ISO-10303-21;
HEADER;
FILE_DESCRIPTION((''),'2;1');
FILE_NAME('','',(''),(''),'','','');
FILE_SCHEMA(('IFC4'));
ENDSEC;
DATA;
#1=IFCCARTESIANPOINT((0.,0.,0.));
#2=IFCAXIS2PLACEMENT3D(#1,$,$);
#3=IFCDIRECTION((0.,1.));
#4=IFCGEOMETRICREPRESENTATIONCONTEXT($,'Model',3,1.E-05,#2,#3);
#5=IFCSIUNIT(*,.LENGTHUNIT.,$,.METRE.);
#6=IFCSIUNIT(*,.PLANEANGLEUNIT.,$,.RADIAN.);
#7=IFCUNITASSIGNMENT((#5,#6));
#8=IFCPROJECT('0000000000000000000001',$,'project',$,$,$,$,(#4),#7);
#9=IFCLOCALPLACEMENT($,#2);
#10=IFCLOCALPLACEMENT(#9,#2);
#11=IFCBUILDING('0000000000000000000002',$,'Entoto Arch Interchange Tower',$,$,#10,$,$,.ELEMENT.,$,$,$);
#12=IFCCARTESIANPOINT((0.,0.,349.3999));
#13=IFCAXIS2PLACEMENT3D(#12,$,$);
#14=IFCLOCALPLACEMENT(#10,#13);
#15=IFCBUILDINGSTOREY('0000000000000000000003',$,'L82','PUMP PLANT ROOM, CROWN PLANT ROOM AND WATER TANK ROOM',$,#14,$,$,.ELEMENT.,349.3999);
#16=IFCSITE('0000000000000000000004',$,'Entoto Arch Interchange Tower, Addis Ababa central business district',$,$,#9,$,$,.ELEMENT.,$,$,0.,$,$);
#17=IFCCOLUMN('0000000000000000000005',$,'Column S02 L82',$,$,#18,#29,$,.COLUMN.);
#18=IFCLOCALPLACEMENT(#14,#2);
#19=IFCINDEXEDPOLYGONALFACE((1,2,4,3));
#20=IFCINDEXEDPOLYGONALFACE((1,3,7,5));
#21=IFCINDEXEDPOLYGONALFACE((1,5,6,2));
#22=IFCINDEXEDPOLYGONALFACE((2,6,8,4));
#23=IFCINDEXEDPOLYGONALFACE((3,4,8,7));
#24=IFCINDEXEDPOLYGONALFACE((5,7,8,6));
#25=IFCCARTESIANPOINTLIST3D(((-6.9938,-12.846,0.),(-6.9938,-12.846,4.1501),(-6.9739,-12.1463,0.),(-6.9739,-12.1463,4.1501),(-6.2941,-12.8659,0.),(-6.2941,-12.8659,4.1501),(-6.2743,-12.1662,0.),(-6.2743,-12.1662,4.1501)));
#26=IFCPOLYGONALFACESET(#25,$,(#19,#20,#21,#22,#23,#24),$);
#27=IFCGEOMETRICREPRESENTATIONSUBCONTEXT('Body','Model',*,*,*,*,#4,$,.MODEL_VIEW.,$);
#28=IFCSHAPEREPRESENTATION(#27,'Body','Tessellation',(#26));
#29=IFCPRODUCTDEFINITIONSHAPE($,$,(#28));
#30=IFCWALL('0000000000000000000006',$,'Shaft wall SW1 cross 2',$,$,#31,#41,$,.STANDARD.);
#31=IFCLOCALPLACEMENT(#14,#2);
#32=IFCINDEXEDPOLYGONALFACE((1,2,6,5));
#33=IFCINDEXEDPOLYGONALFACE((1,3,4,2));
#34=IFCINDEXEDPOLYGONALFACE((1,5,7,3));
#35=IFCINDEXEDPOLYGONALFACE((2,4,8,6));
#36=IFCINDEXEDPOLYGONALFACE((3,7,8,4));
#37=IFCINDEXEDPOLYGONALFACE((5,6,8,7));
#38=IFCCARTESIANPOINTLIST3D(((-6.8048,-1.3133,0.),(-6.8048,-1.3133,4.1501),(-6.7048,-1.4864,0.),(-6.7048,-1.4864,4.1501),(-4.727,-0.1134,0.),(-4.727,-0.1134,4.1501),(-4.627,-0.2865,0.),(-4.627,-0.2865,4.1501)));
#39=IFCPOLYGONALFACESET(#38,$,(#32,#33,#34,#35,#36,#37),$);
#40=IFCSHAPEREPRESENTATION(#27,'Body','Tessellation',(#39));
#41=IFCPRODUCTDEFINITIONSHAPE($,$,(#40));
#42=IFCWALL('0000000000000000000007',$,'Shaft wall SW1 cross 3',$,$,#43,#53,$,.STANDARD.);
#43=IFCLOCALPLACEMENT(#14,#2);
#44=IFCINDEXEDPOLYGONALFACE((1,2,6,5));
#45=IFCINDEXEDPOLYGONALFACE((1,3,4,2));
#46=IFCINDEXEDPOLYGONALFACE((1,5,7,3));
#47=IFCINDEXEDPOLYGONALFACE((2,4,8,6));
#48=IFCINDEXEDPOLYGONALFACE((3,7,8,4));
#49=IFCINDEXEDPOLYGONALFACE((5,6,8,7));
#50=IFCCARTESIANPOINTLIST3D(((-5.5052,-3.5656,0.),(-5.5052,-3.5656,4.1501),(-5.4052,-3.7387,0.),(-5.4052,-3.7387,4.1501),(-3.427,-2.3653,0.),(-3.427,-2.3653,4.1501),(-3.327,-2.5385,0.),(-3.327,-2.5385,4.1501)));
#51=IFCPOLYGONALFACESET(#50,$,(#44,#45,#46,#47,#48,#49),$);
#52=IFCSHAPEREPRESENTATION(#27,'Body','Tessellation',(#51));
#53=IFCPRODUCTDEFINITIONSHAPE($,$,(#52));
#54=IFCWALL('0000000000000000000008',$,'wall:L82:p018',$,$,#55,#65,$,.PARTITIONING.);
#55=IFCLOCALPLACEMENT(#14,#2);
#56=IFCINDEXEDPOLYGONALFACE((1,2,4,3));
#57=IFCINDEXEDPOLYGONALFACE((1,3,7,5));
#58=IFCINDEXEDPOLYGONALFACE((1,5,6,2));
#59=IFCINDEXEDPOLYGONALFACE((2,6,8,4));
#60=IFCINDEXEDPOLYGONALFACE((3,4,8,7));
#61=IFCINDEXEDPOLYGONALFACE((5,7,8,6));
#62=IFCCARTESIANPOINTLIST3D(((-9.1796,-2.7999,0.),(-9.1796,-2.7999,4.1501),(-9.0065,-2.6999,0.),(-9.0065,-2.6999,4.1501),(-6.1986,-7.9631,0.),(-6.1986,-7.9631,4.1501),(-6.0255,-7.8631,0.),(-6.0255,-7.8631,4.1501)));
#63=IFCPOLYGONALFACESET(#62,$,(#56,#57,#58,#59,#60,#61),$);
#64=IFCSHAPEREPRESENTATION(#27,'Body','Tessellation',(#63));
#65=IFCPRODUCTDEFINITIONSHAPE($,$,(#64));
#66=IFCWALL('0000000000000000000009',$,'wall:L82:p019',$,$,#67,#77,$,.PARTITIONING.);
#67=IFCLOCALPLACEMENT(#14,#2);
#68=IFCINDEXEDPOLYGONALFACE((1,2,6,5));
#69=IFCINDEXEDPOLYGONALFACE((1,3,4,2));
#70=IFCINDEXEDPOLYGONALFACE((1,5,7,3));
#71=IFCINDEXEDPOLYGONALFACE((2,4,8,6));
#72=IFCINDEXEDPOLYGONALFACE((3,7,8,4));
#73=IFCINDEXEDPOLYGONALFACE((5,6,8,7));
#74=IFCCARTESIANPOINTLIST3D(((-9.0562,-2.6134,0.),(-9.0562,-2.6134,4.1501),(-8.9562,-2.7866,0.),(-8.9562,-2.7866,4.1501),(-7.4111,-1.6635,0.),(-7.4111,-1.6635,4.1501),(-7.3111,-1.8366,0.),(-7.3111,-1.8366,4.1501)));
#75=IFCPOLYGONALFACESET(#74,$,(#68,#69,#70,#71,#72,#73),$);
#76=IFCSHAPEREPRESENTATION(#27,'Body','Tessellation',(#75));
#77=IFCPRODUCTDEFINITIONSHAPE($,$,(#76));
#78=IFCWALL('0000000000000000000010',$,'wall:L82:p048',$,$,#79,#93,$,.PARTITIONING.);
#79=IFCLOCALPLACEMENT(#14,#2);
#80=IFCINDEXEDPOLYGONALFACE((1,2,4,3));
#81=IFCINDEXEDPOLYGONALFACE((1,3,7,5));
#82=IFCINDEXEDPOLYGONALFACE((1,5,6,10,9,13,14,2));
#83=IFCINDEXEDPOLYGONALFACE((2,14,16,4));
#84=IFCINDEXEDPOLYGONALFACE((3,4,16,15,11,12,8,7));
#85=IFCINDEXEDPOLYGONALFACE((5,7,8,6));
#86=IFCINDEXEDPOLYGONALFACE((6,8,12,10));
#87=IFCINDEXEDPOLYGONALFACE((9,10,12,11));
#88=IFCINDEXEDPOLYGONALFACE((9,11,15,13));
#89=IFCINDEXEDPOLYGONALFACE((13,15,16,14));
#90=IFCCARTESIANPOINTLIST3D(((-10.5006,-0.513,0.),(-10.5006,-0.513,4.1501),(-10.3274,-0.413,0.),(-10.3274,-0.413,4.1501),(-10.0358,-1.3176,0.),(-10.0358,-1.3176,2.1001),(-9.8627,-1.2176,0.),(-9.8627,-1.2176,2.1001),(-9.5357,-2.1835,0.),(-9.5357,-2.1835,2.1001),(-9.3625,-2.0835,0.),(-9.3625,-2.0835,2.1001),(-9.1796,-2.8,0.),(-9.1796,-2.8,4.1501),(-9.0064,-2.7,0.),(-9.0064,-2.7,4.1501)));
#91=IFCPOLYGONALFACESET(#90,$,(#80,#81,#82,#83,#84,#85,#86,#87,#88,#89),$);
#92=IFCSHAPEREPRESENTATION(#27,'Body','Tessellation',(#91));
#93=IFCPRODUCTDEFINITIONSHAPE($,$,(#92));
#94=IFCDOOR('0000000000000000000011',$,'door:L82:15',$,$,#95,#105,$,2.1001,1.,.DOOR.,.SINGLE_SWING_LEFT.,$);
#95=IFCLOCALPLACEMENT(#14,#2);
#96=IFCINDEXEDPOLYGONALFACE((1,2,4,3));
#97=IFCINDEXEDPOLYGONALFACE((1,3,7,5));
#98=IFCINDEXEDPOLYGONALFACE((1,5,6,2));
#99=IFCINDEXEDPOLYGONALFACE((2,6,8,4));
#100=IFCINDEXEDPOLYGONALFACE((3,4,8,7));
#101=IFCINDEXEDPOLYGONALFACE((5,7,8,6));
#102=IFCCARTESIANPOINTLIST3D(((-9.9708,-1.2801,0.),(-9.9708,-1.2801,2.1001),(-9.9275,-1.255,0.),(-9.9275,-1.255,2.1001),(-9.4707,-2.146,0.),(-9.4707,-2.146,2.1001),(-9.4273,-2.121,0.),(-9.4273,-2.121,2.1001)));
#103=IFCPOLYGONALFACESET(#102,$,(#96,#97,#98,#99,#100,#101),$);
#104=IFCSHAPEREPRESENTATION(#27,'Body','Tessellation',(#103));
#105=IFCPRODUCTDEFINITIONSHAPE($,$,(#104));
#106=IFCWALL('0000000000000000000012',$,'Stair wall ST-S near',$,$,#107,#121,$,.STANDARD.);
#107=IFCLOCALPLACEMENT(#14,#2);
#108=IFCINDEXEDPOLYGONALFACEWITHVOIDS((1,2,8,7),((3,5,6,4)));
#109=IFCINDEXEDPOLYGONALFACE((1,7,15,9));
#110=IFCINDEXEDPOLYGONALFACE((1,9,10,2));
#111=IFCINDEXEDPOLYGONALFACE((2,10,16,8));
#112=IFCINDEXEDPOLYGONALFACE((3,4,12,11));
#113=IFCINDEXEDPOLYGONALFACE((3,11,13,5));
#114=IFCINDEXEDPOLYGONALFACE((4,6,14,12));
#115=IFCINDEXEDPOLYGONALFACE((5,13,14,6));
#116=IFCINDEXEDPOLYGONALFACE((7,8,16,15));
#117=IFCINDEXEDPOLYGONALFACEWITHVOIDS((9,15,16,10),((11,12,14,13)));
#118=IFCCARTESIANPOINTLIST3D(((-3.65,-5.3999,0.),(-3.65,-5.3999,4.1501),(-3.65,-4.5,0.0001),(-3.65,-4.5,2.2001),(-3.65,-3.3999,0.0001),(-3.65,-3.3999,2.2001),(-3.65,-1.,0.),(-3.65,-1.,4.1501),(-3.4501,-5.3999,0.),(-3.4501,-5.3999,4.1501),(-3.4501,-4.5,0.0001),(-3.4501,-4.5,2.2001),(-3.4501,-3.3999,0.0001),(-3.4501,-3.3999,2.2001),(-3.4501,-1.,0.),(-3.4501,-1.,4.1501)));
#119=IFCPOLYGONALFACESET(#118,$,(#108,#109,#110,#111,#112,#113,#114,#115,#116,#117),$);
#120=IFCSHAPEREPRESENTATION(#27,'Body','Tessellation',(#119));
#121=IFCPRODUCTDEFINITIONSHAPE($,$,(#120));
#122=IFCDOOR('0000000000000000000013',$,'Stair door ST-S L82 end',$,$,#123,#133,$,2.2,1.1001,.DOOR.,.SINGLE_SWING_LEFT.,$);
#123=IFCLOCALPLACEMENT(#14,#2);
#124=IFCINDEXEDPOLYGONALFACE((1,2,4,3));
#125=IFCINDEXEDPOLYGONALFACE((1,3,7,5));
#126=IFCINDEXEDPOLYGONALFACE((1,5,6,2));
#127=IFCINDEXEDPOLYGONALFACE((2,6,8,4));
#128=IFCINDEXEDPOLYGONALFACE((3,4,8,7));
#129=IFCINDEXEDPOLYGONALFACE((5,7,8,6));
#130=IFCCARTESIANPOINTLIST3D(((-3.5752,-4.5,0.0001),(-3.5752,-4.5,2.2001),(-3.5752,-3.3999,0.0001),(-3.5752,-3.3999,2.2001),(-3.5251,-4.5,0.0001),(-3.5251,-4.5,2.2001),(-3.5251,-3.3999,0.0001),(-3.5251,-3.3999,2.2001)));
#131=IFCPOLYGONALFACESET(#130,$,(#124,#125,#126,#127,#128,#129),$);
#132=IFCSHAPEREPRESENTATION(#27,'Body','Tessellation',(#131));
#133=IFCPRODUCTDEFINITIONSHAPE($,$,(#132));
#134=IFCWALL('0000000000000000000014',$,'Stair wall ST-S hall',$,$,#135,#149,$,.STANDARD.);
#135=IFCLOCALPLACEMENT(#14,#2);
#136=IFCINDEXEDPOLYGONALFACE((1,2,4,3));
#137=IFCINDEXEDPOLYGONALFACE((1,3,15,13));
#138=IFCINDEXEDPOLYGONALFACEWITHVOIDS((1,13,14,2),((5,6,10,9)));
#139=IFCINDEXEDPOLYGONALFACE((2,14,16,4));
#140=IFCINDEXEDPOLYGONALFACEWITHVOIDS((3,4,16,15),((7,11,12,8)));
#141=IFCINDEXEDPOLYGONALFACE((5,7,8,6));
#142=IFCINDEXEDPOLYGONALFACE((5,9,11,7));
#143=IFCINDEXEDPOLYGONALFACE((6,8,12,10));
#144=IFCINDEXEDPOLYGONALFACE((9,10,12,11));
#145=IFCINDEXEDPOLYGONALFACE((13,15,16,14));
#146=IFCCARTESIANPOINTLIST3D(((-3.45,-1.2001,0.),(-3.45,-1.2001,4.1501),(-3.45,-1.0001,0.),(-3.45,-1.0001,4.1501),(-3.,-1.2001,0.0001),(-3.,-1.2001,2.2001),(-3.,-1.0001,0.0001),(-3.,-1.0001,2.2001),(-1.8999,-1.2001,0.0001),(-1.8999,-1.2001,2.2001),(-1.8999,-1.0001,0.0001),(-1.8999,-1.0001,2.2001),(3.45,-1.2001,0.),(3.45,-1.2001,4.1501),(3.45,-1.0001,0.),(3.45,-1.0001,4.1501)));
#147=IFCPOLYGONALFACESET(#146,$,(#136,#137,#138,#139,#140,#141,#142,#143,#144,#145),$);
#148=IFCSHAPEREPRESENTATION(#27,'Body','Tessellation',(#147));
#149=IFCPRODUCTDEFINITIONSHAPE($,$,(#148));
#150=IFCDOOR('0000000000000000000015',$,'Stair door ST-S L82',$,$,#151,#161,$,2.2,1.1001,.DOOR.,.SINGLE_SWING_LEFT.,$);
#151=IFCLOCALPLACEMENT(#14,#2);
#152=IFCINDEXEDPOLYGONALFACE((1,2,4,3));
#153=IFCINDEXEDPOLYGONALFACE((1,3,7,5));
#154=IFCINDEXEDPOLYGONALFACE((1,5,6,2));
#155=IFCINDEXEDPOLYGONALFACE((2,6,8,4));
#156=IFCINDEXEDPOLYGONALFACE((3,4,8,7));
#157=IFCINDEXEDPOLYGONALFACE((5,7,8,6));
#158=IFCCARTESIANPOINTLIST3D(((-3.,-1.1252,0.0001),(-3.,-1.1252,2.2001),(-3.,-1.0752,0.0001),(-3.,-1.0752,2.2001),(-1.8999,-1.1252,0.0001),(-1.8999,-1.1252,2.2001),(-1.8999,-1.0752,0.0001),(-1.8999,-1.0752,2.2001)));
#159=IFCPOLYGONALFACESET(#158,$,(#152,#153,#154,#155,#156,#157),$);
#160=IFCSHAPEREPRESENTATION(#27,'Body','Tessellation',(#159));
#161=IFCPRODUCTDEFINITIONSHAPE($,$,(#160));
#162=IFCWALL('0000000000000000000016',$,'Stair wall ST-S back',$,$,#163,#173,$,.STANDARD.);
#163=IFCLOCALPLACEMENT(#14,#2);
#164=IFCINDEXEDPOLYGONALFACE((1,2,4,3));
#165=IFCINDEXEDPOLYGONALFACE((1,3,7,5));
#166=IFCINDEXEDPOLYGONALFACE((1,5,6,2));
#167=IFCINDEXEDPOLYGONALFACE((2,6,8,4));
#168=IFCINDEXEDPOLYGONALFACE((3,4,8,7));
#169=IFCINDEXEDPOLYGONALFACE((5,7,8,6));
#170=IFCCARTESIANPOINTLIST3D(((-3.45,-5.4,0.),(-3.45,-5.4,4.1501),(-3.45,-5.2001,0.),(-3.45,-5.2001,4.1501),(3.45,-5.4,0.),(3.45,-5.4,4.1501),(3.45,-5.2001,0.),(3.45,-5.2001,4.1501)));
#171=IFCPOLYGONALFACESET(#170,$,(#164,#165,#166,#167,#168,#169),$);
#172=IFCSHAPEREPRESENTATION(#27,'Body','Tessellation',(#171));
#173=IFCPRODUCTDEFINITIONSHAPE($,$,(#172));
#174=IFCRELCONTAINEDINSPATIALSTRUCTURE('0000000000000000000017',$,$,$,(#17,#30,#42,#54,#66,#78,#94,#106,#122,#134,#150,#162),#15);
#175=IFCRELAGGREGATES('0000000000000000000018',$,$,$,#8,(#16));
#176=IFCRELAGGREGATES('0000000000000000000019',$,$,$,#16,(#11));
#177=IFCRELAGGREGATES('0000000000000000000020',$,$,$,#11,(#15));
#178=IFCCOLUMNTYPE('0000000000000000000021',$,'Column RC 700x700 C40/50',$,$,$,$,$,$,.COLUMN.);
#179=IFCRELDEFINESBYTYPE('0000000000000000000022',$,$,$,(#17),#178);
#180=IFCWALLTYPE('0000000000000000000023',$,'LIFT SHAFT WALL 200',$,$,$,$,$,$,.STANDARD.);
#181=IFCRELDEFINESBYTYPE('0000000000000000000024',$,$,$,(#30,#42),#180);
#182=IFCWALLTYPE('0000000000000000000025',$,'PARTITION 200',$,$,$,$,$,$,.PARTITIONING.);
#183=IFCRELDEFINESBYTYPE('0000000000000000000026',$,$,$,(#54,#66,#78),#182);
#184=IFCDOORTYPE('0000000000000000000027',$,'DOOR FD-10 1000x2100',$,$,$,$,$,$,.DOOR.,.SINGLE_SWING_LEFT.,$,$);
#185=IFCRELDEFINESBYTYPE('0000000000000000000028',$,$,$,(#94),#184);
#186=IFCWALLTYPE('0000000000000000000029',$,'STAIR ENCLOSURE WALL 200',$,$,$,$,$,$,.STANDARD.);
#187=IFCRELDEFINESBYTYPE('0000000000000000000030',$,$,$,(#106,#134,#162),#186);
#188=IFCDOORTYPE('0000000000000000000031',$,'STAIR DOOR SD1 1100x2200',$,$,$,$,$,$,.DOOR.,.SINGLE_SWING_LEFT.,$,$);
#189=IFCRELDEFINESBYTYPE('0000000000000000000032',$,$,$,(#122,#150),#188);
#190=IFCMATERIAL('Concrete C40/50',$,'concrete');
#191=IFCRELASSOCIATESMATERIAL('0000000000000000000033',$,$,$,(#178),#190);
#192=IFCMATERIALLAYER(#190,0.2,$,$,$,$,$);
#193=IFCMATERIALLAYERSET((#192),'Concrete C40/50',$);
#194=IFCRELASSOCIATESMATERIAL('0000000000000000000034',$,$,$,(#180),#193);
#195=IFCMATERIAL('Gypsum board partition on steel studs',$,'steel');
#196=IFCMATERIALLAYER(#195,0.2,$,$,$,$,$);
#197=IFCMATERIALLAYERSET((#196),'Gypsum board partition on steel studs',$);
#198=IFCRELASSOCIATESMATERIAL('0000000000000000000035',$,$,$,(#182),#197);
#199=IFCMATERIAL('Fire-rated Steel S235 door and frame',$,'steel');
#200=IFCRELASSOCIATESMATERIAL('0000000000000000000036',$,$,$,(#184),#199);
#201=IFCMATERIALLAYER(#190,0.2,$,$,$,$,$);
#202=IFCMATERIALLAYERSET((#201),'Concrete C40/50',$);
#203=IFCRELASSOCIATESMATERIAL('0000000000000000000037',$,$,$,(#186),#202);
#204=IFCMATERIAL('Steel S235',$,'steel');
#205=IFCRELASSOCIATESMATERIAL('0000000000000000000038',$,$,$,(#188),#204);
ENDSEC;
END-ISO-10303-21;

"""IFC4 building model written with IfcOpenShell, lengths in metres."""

from ifc_helpers import new_model, si_unit, direction, frame, frame_2d, origin, origin_2d, place, context, subcontext, project, spatial, rectangle, extrude, material, layer, layer_set, material_profile, profile_set, type_object, element, fill, save


model = new_model("IFC4")

# Units and contexts
model_context = context("Model", 3, precision=1e-05, world=origin(), true_north=direction((0.0, 1.0)))
body_context = subcontext(model_context, "Body", "Model", "MODEL_VIEW")
ifc_project = project(units=[si_unit("LENGTHUNIT", "METRE"), si_unit("PLANEANGLEUNIT", "RADIAN")], contexts=[model_context])

# Site, building, storey
site_placement = place(None, origin())
site = spatial("IfcSite", under=ifc_project, at=site_placement, Name="Entoto Arch Interchange Tower, Addis Ababa central business district", CompositionType="ELEMENT", RefElevation=0.0)
building_placement = place(site_placement, origin())
building = spatial("IfcBuilding", under=site, at=building_placement, Name="Entoto Arch Interchange Tower", CompositionType="ELEMENT")
storey_placement = place(building_placement, frame((0.0, 0.0, 349.3999)))
storey = spatial("IfcBuildingStorey", under=building, at=storey_placement, Name="L82", Description="PUMP PLANT ROOM, CROWN PLANT ROOM AND WATER TANK ROOM", CompositionType="ELEMENT", Elevation=349.3999)

# Column
ifc_material_1 = material(Name="Concrete C40/50", Category="concrete")
ifc_material_profile = material_profile(ifc_material_1, rectangle(XDim=0.7, YDim=0.7, at=origin_2d()))
ifc_profile_set = profile_set([ifc_material_profile], Name="Concrete C40/50")
column_type = type_object("IfcColumnType", Name="Column RC 700x700 C40/50", PredefinedType="COLUMN", material=ifc_profile_set)
column_placement = place(storey_placement, frame((-6.634, -12.5061, 0.0), z_axis=(0.0, 0.0, 1.0), x_axis=(-0.999598, 0.028358, 0.0)))
element("IfcColumn", 1, at=column_placement, inside=storey, type_object=column_type, Name="Column S02 L82", PredefinedType="COLUMN", context=body_context, shape_type="SweptSolid", body=[
    extrude(rectangle(XDim=0.7, YDim=0.7, at=origin_2d()), origin(), (0.0, 0.0, 1.0), 4.1501),
])

# Walls
ifc_layer_1 = layer(ifc_material_1, 0.2)
ifc_layer_set_1 = layer_set([ifc_layer_1], Name="Concrete C40/50")
wall_type_1 = type_object("IfcWallType", Name="LIFT SHAFT WALL 200", PredefinedType="STANDARD", material=ifc_layer_set_1)
wall_1_placement = place(storey_placement, frame((-4.677, -0.2, 0.0), z_axis=(0.0, 0.0, 1.0), x_axis=(-0.865974, -0.500089, 0.0)))
element("IfcWall", 2, at=wall_1_placement, inside=storey, type_object=wall_type_1, Name="Shaft wall SW1 cross 2", PredefinedType="STANDARD", context=body_context, shape_type="SweptSolid", body=[
    extrude(rectangle(XDim=2.3994, YDim=0.2, at=frame_2d((1.1997, 0.0))), origin(), (0.0, 0.0, 1.0), 4.1501),
])
wall_2_placement = place(storey_placement, frame((-3.377, -2.4519, 0.0), z_axis=(0.0, 0.0, 1.0), x_axis=(-0.865955, -0.500122, 0.0)))
element("IfcWall", 3, at=wall_2_placement, inside=storey, type_object=wall_type_1, Name="Shaft wall SW1 cross 3", PredefinedType="STANDARD", context=body_context, shape_type="SweptSolid", body=[
    extrude(rectangle(XDim=2.3999, YDim=0.2, at=frame_2d((1.2, 0.0))), origin(), (0.0, 0.0, 1.0), 4.1501),
])
ifc_material_2 = material(Name="Gypsum board partition on steel studs", Category="steel")
ifc_layer_2 = layer(ifc_material_2, 0.2)
ifc_layer_set_2 = layer_set([ifc_layer_2], Name="Gypsum board partition on steel studs")
wall_type_2 = type_object("IfcWallType", Name="PARTITION 200", PredefinedType="PARTITIONING", material=ifc_layer_set_2)
wall_3_placement = place(storey_placement, frame((-6.1121, -7.9131, 0.0), z_axis=(0.0, 0.0, 1.0), x_axis=(-0.500006, 0.866022, 0.0)))
element("IfcWall", 4, at=wall_3_placement, inside=storey, type_object=wall_type_2, Name="wall:L82:p018", PredefinedType="PARTITIONING", context=body_context, shape_type="SweptSolid", body=[
    extrude(rectangle(XDim=5.9619, YDim=0.2, at=frame_2d((2.981, 0.0))), origin(), (0.0, 0.0, 1.0), 4.1501),
])
wall_4_placement = place(storey_placement, frame((-9.0061, -2.7, 0.0), z_axis=(0.0, 0.0, 1.0), x_axis=(0.86598, 0.500078, 0.0)))
element("IfcWall", 5, at=wall_4_placement, inside=storey, type_object=wall_type_2, Name="wall:L82:p019", PredefinedType="PARTITIONING", context=body_context, shape_type="SweptSolid", body=[
    extrude(rectangle(XDim=1.8997, YDim=0.2, at=frame_2d((0.9497, 0.0))), origin(), (0.0, 0.0, 1.0), 4.1501),
])

# Walls, openings, doors
wall_5_placement = place(storey_placement, frame((-9.093, -2.75, 0.0), z_axis=(0.0, 0.0, 1.0), x_axis=(-0.500165, 0.86593, 0.0)))
wall_5 = element("IfcWall", 6, at=wall_5_placement, inside=storey, type_object=wall_type_2, Name="wall:L82:p048", PredefinedType="PARTITIONING", context=body_context, shape_type="SweptSolid", body=[
    extrude(rectangle(XDim=2.6411, YDim=0.2, at=frame_2d((1.3206, 0.0))), origin(), (0.0, 0.0, 1.0), 4.1501),
])
opening_1_placement = place(wall_5_placement, frame((0.7119, 0.0, 0.0)))
opening_1 = element("IfcOpeningElement", 7, at=opening_1_placement, cuts=wall_5, PredefinedType="OPENING", context=body_context, shape_type="SweptSolid", body=[
    extrude(rectangle(XDim=1.0, YDim=2.1001, at=frame_2d((0.5, 1.05))), frame((0.0, 0.1099, 0.0), z_axis=(0.0, -1.0, 0.0), x_axis=(1.0, 0.0, 0.0)), (0.0, 0.0, 1.0), 0.22),
])
ifc_material_3 = material(Name="Fire-rated Steel S235 door and frame", Category="steel")
door_type_1 = type_object("IfcDoorType", Name="DOOR FD-10 1000x2100", OperationType="SINGLE_SWING_LEFT", PredefinedType="DOOR", material=ifc_material_3)
door_1_placement = place(opening_1_placement, origin())
door_1 = element("IfcDoor", 8, at=door_1_placement, inside=storey, type_object=door_type_1, Name="door:L82:15", OperationType="SINGLE_SWING_LEFT", OverallHeight=2.1001, OverallWidth=1.0, PredefinedType="DOOR", context=body_context, shape_type="SweptSolid", body=[
    extrude(rectangle(XDim=1.0, YDim=2.1001, at=frame_2d((0.5, 1.05))), frame((0.0, 0.0249, 0.0), z_axis=(0.0, -1.0, 0.0), x_axis=(1.0, 0.0, 0.0)), (0.0, 0.0, 1.0), 0.05),
])
fill(opening_1, door_1)
ifc_layer_3 = layer(ifc_material_1, 0.2)
ifc_layer_set_3 = layer_set([ifc_layer_3], Name="Concrete C40/50")
wall_type_3 = type_object("IfcWallType", Name="STAIR ENCLOSURE WALL 200", PredefinedType="STANDARD", material=ifc_layer_set_3)
wall_6_placement = place(storey_placement, frame((-3.55, -1.0, 0.0), z_axis=(0.0, 0.0, 1.0), x_axis=(0.0, -1.0, 0.0)))
wall_6 = element("IfcWall", 9, at=wall_6_placement, inside=storey, type_object=wall_type_3, Name="Stair wall ST-S near", PredefinedType="STANDARD", context=body_context, shape_type="SweptSolid", body=[
    extrude(rectangle(XDim=4.3999, YDim=0.2, at=frame_2d((2.2, 0.0))), origin(), (0.0, 0.0, 1.0), 4.1501),
])
opening_2_placement = place(wall_6_placement, frame((2.3999, 0.0, 0.0)))
opening_2 = element("IfcOpeningElement", 10, at=opening_2_placement, cuts=wall_6, PredefinedType="OPENING", context=body_context, shape_type="SweptSolid", body=[
    extrude(rectangle(XDim=1.1001, YDim=2.2, at=frame_2d((0.55, 1.1001))), frame((0.0, 0.1099, 0.0), z_axis=(0.0, -1.0, 0.0), x_axis=(1.0, 0.0, 0.0)), (0.0, 0.0, 1.0), 0.22),
])
ifc_material_4 = material(Name="Steel S235", Category="steel")
door_type_2 = type_object("IfcDoorType", Name="STAIR DOOR SD1 1100x2200", OperationType="SINGLE_SWING_LEFT", PredefinedType="DOOR", material=ifc_material_4)
door_2_placement = place(opening_2_placement, origin())
door_2 = element("IfcDoor", 11, at=door_2_placement, inside=storey, type_object=door_type_2, Name="Stair door ST-S L82 end", OperationType="SINGLE_SWING_LEFT", OverallHeight=2.2, OverallWidth=1.1001, PredefinedType="DOOR", context=body_context, shape_type="SweptSolid", body=[
    extrude(rectangle(XDim=1.1001, YDim=2.2, at=frame_2d((0.55, 1.1001))), frame((0.0, 0.0249, 0.0), z_axis=(0.0, -1.0, 0.0), x_axis=(1.0, 0.0, 0.0)), (0.0, 0.0, 1.0), 0.05),
])
fill(opening_2, door_2)
wall_7_placement = place(storey_placement, frame((-3.45, -1.1001, 0.0), z_axis=(0.0, 0.0, 1.0), x_axis=(1.0, 0.0, 0.0)))
wall_7 = element("IfcWall", 12, at=wall_7_placement, inside=storey, type_object=wall_type_3, Name="Stair wall ST-S hall", PredefinedType="STANDARD", context=body_context, shape_type="SweptSolid", body=[
    extrude(rectangle(XDim=6.8999, YDim=0.2, at=frame_2d((3.45, 0.0))), origin(), (0.0, 0.0, 1.0), 4.1501),
])
opening_3_placement = place(wall_7_placement, frame((0.45, 0.0, 0.0)))
opening_3 = element("IfcOpeningElement", 13, at=opening_3_placement, cuts=wall_7, PredefinedType="OPENING", context=body_context, shape_type="SweptSolid", body=[
    extrude(rectangle(XDim=1.1001, YDim=2.2, at=frame_2d((0.55, 1.1001))), frame((0.0, 0.1099, 0.0), z_axis=(0.0, -1.0, 0.0), x_axis=(1.0, 0.0, 0.0)), (0.0, 0.0, 1.0), 0.22),
])
door_3_placement = place(opening_3_placement, origin())
door_3 = element("IfcDoor", 14, at=door_3_placement, inside=storey, type_object=door_type_2, Name="Stair door ST-S L82", OperationType="SINGLE_SWING_LEFT", OverallHeight=2.2, OverallWidth=1.1001, PredefinedType="DOOR", context=body_context, shape_type="SweptSolid", body=[
    extrude(rectangle(XDim=1.1001, YDim=2.2, at=frame_2d((0.55, 1.1001))), frame((0.0, 0.0249, 0.0), z_axis=(0.0, -1.0, 0.0), x_axis=(1.0, 0.0, 0.0)), (0.0, 0.0, 1.0), 0.05),
])
fill(opening_3, door_3)

# Wall
wall_8_placement = place(storey_placement, frame((-3.45, -5.3, 0.0), z_axis=(0.0, 0.0, 1.0), x_axis=(1.0, 0.0, 0.0)))
element("IfcWall", 15, at=wall_8_placement, inside=storey, type_object=wall_type_3, Name="Stair wall ST-S back", PredefinedType="STANDARD", context=body_context, shape_type="SweptSolid", body=[
    extrude(rectangle(XDim=6.8999, YDim=0.2, at=frame_2d((3.45, 0.0))), origin(), (0.0, 0.0, 1.0), 4.1501),
])

save(model, "model.ifc")
